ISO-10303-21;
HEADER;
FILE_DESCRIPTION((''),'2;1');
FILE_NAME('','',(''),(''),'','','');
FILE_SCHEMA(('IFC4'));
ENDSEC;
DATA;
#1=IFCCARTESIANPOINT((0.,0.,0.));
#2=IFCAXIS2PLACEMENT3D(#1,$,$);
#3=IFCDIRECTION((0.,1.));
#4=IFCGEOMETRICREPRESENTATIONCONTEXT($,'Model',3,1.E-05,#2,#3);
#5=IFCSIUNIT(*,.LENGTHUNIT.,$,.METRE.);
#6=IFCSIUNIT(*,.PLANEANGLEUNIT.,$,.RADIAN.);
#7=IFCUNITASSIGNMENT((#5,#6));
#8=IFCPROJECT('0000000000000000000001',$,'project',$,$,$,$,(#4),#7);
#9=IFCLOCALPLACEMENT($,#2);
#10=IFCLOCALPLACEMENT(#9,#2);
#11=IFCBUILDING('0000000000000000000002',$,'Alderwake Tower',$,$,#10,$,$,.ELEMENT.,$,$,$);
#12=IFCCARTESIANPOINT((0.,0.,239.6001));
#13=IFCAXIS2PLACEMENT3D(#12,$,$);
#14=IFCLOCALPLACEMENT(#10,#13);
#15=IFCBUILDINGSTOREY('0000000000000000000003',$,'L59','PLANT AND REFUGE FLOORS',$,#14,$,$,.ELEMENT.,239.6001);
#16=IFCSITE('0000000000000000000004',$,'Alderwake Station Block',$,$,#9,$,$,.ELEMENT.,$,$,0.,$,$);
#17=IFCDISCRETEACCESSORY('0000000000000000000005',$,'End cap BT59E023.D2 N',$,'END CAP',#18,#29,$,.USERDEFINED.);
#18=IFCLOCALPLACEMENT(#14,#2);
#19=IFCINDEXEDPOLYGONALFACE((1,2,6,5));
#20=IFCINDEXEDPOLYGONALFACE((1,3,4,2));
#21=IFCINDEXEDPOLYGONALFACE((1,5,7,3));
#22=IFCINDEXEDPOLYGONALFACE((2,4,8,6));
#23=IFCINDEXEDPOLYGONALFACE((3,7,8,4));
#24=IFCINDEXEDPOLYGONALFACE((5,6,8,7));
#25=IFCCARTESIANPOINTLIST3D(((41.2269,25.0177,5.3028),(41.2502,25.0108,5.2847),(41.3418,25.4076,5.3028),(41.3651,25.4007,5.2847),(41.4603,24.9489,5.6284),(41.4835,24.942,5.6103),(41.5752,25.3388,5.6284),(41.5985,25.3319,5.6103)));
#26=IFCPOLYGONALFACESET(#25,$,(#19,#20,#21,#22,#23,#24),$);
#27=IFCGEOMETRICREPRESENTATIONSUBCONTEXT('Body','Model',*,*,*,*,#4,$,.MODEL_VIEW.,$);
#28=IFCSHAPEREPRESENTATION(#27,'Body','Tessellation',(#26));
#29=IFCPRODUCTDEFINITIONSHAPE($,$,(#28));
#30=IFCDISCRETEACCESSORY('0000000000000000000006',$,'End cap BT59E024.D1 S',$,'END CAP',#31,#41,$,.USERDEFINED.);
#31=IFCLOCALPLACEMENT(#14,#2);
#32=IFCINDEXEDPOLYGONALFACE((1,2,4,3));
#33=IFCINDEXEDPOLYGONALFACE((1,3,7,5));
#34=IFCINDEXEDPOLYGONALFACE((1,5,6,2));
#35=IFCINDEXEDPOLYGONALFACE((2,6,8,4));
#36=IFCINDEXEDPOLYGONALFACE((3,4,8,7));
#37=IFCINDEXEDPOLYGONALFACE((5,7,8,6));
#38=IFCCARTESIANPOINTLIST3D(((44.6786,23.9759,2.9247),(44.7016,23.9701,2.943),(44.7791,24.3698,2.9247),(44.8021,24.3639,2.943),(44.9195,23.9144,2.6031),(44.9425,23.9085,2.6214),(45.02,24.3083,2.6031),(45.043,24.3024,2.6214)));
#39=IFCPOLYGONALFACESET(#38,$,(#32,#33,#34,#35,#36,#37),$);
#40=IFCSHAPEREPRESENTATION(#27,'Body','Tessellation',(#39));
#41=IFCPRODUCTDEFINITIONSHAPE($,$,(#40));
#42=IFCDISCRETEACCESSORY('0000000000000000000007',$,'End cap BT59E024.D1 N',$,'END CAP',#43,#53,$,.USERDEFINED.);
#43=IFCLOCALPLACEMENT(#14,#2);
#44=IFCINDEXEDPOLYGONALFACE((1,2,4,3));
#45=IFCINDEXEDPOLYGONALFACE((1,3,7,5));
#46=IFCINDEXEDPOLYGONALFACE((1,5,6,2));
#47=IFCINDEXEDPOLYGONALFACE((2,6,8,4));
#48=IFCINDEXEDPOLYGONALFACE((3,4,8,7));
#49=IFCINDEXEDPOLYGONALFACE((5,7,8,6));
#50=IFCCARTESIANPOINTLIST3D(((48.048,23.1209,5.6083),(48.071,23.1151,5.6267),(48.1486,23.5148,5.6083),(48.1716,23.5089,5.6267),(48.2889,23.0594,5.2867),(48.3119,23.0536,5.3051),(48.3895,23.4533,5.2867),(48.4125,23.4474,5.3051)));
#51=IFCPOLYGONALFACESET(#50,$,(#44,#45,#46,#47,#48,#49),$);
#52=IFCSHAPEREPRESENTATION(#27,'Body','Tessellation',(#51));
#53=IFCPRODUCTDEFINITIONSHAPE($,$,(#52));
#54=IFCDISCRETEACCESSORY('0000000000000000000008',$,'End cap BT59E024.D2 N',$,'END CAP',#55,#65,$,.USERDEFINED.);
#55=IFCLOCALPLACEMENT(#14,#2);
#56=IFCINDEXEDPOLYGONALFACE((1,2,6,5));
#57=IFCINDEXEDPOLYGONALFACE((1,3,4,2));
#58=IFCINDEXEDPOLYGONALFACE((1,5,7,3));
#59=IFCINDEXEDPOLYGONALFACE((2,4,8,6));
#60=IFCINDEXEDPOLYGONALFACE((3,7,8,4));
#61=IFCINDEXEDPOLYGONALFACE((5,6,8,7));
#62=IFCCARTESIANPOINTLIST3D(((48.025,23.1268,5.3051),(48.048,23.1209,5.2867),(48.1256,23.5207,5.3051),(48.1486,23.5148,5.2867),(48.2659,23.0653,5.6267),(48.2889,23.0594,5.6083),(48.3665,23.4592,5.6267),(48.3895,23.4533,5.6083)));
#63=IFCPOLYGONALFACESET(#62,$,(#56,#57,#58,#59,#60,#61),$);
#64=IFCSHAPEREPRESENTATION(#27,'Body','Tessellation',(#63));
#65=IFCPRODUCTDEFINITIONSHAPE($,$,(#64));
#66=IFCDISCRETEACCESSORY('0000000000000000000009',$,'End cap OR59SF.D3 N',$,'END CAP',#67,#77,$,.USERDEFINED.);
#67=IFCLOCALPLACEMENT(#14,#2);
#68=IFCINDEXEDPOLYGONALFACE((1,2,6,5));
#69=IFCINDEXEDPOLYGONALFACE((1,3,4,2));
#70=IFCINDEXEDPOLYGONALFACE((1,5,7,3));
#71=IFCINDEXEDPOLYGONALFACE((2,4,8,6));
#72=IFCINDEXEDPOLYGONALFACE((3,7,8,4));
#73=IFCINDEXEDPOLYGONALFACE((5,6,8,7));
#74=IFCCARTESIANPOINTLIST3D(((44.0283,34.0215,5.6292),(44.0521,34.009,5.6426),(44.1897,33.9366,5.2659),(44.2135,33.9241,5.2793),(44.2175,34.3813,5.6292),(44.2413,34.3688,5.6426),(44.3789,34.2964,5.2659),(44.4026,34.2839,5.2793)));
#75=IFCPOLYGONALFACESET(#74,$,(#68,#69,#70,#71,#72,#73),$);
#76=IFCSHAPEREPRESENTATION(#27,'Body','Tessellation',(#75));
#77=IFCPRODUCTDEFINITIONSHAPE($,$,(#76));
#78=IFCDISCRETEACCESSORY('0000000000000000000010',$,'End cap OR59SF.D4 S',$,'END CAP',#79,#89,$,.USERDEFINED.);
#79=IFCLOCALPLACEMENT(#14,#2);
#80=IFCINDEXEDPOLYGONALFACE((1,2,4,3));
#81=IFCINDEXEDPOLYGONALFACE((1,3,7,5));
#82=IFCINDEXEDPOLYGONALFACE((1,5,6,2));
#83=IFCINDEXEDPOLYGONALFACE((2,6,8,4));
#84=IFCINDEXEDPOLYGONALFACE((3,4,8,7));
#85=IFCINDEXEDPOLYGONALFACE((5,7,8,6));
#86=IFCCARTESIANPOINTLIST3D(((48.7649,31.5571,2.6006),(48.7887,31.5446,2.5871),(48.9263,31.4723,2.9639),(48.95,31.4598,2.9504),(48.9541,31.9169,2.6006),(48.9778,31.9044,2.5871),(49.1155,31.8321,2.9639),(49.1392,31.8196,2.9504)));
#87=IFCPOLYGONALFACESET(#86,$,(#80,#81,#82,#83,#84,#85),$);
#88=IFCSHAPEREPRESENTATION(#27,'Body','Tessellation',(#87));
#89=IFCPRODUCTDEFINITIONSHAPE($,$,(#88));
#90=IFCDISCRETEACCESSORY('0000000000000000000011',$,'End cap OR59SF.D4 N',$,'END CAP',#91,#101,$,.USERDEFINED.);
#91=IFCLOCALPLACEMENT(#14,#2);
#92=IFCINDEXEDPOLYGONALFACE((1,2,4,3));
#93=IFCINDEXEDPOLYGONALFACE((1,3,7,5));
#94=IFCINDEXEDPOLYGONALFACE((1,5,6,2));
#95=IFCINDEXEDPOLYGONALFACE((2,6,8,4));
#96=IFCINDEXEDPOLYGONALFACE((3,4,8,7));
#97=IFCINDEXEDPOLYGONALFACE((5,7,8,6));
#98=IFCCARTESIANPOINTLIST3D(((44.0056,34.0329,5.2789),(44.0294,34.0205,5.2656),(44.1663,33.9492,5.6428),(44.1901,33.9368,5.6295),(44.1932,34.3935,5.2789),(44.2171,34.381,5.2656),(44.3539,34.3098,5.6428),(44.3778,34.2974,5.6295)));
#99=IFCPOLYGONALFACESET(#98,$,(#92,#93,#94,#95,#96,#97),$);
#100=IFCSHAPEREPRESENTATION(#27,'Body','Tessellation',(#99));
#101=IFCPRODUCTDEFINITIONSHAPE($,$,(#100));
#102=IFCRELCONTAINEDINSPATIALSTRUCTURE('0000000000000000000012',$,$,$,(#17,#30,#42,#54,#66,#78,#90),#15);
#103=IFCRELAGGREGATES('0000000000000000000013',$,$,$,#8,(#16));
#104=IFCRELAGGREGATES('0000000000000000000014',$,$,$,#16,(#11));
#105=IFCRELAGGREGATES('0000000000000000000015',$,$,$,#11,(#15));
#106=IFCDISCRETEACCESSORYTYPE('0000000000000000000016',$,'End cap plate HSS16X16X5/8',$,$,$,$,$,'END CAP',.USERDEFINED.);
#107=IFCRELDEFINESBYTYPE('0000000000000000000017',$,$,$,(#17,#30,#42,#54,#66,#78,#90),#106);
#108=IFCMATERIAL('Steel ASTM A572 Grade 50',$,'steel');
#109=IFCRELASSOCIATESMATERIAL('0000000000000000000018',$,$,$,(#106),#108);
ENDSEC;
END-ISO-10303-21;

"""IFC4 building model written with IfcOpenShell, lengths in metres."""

from ifc_helpers import new_model, si_unit, direction, frame, origin, origin_2d, place, context, subcontext, project, spatial, rectangle, extrude, material, material_profile, profile_set, type_object, element, save


model = new_model("IFC4")

# Units and contexts
model_context = context("Model", 3, precision=1e-05, world=origin(), true_north=direction((0.0, 1.0)))
body_context = subcontext(model_context, "Body", "Model", "MODEL_VIEW")
ifc_project = project(units=[si_unit("LENGTHUNIT", "METRE"), si_unit("PLANEANGLEUNIT", "RADIAN")], contexts=[model_context])

# Site, building, storey
site_placement = place(None, origin())
site = spatial("IfcSite", under=ifc_project, at=site_placement, Name="Alderwake Station Block", CompositionType="ELEMENT", RefElevation=0.0)
building_placement = place(site_placement, origin())
building = spatial("IfcBuilding", under=site, at=building_placement, Name="Alderwake Tower", CompositionType="ELEMENT")
storey_placement = place(building_placement, frame((0.0, 0.0, 239.6001)))
storey = spatial("IfcBuildingStorey", under=building, at=storey_placement, Name="L59", Description="PLANT AND REFUGE FLOORS", CompositionType="ELEMENT", Elevation=239.6001)

# Discrete accessories
ifc_material_1 = material(Name="Steel ASTM A572 Grade 50", Category="steel")
ifc_material_profile_1 = material_profile(ifc_material_1, rectangle(XDim=0.4065, YDim=0.4065, at=origin_2d()), Name="HSS16X16X5/8 cap")
ifc_profile_set_1 = profile_set([ifc_material_profile_1], Name="Steel ASTM A572 Grade 50")
discrete_accessory_type_1 = type_object("IfcDiscreteAccessoryType", Name="End cap plate HSS16X16X5/8", ElementType="END CAP", PredefinedType="USERDEFINED", material=ifc_profile_set_1)
discrete_accessory_1_placement = place(storey_placement, frame((41.4243, 25.1714, 5.4475), z_axis=(-0.768406, 0.226478, 0.598548), x_axis=(-0.282713, -0.959205, 0.0)))
element("IfcDiscreteAccessory", 1, at=discrete_accessory_1_placement, inside=storey, type_object=discrete_accessory_type_1, Name="End cap BT59E023.D2 N", ObjectType="END CAP", PredefinedType="USERDEFINED", context=body_context, shape_type="SweptSolid", body=[
    extrude(rectangle(XDim=0.4065, YDim=0.4065, at=origin_2d()), origin(), (0.0, 0.0, 1.0), 0.0303),
])
for number, where, z_axis, x_axis, name in (
    (2, (44.8723, 24.1362, 2.7822), (-0.766562, 0.195718, -0.611619), (-0.247383, -0.968918, 0.0), "End cap BT59E024.D1 S"),
    (3, (48.2188, 23.2871, 5.4475), (0.766562, -0.195718, 0.611619), (0.247383, 0.968918, 0.0), "End cap BT59E024.D1 N"),
    (4, (48.2188, 23.2871, 5.4475), (-0.766562, 0.195718, 0.611619), (-0.247383, -0.968918, 0.0), "End cap BT59E024.D2 N"),
    (5, (44.2036, 34.1589, 5.4475), (0.791079, -0.415928, 0.44855), (0.46537, 0.885116, 0.0), "End cap OR59SF.D3 N"),
    (6, (48.9402, 31.6946, 2.7822), (0.791079, -0.415928, -0.44855), (0.46537, 0.885116, 0.0), "End cap OR59SF.D4 S"),
    (7, (44.2036, 34.1589, 5.4475), (-0.794102, 0.413257, 0.445669), (-0.461638, -0.887069, 0.0), "End cap OR59SF.D4 N"),
):
    element("IfcDiscreteAccessory", number, at=place(storey_placement, frame(where, z_axis=z_axis, x_axis=x_axis)), inside=storey, type_object=discrete_accessory_type_1, Name=name, ObjectType="END CAP", PredefinedType="USERDEFINED", context=body_context, shape_type="SweptSolid", body=[
        extrude(rectangle(XDim=0.4065, YDim=0.4065, at=origin_2d()), origin(), (0.0, 0.0, 1.0), 0.03),
    ])

save(model, "model.ifc")
